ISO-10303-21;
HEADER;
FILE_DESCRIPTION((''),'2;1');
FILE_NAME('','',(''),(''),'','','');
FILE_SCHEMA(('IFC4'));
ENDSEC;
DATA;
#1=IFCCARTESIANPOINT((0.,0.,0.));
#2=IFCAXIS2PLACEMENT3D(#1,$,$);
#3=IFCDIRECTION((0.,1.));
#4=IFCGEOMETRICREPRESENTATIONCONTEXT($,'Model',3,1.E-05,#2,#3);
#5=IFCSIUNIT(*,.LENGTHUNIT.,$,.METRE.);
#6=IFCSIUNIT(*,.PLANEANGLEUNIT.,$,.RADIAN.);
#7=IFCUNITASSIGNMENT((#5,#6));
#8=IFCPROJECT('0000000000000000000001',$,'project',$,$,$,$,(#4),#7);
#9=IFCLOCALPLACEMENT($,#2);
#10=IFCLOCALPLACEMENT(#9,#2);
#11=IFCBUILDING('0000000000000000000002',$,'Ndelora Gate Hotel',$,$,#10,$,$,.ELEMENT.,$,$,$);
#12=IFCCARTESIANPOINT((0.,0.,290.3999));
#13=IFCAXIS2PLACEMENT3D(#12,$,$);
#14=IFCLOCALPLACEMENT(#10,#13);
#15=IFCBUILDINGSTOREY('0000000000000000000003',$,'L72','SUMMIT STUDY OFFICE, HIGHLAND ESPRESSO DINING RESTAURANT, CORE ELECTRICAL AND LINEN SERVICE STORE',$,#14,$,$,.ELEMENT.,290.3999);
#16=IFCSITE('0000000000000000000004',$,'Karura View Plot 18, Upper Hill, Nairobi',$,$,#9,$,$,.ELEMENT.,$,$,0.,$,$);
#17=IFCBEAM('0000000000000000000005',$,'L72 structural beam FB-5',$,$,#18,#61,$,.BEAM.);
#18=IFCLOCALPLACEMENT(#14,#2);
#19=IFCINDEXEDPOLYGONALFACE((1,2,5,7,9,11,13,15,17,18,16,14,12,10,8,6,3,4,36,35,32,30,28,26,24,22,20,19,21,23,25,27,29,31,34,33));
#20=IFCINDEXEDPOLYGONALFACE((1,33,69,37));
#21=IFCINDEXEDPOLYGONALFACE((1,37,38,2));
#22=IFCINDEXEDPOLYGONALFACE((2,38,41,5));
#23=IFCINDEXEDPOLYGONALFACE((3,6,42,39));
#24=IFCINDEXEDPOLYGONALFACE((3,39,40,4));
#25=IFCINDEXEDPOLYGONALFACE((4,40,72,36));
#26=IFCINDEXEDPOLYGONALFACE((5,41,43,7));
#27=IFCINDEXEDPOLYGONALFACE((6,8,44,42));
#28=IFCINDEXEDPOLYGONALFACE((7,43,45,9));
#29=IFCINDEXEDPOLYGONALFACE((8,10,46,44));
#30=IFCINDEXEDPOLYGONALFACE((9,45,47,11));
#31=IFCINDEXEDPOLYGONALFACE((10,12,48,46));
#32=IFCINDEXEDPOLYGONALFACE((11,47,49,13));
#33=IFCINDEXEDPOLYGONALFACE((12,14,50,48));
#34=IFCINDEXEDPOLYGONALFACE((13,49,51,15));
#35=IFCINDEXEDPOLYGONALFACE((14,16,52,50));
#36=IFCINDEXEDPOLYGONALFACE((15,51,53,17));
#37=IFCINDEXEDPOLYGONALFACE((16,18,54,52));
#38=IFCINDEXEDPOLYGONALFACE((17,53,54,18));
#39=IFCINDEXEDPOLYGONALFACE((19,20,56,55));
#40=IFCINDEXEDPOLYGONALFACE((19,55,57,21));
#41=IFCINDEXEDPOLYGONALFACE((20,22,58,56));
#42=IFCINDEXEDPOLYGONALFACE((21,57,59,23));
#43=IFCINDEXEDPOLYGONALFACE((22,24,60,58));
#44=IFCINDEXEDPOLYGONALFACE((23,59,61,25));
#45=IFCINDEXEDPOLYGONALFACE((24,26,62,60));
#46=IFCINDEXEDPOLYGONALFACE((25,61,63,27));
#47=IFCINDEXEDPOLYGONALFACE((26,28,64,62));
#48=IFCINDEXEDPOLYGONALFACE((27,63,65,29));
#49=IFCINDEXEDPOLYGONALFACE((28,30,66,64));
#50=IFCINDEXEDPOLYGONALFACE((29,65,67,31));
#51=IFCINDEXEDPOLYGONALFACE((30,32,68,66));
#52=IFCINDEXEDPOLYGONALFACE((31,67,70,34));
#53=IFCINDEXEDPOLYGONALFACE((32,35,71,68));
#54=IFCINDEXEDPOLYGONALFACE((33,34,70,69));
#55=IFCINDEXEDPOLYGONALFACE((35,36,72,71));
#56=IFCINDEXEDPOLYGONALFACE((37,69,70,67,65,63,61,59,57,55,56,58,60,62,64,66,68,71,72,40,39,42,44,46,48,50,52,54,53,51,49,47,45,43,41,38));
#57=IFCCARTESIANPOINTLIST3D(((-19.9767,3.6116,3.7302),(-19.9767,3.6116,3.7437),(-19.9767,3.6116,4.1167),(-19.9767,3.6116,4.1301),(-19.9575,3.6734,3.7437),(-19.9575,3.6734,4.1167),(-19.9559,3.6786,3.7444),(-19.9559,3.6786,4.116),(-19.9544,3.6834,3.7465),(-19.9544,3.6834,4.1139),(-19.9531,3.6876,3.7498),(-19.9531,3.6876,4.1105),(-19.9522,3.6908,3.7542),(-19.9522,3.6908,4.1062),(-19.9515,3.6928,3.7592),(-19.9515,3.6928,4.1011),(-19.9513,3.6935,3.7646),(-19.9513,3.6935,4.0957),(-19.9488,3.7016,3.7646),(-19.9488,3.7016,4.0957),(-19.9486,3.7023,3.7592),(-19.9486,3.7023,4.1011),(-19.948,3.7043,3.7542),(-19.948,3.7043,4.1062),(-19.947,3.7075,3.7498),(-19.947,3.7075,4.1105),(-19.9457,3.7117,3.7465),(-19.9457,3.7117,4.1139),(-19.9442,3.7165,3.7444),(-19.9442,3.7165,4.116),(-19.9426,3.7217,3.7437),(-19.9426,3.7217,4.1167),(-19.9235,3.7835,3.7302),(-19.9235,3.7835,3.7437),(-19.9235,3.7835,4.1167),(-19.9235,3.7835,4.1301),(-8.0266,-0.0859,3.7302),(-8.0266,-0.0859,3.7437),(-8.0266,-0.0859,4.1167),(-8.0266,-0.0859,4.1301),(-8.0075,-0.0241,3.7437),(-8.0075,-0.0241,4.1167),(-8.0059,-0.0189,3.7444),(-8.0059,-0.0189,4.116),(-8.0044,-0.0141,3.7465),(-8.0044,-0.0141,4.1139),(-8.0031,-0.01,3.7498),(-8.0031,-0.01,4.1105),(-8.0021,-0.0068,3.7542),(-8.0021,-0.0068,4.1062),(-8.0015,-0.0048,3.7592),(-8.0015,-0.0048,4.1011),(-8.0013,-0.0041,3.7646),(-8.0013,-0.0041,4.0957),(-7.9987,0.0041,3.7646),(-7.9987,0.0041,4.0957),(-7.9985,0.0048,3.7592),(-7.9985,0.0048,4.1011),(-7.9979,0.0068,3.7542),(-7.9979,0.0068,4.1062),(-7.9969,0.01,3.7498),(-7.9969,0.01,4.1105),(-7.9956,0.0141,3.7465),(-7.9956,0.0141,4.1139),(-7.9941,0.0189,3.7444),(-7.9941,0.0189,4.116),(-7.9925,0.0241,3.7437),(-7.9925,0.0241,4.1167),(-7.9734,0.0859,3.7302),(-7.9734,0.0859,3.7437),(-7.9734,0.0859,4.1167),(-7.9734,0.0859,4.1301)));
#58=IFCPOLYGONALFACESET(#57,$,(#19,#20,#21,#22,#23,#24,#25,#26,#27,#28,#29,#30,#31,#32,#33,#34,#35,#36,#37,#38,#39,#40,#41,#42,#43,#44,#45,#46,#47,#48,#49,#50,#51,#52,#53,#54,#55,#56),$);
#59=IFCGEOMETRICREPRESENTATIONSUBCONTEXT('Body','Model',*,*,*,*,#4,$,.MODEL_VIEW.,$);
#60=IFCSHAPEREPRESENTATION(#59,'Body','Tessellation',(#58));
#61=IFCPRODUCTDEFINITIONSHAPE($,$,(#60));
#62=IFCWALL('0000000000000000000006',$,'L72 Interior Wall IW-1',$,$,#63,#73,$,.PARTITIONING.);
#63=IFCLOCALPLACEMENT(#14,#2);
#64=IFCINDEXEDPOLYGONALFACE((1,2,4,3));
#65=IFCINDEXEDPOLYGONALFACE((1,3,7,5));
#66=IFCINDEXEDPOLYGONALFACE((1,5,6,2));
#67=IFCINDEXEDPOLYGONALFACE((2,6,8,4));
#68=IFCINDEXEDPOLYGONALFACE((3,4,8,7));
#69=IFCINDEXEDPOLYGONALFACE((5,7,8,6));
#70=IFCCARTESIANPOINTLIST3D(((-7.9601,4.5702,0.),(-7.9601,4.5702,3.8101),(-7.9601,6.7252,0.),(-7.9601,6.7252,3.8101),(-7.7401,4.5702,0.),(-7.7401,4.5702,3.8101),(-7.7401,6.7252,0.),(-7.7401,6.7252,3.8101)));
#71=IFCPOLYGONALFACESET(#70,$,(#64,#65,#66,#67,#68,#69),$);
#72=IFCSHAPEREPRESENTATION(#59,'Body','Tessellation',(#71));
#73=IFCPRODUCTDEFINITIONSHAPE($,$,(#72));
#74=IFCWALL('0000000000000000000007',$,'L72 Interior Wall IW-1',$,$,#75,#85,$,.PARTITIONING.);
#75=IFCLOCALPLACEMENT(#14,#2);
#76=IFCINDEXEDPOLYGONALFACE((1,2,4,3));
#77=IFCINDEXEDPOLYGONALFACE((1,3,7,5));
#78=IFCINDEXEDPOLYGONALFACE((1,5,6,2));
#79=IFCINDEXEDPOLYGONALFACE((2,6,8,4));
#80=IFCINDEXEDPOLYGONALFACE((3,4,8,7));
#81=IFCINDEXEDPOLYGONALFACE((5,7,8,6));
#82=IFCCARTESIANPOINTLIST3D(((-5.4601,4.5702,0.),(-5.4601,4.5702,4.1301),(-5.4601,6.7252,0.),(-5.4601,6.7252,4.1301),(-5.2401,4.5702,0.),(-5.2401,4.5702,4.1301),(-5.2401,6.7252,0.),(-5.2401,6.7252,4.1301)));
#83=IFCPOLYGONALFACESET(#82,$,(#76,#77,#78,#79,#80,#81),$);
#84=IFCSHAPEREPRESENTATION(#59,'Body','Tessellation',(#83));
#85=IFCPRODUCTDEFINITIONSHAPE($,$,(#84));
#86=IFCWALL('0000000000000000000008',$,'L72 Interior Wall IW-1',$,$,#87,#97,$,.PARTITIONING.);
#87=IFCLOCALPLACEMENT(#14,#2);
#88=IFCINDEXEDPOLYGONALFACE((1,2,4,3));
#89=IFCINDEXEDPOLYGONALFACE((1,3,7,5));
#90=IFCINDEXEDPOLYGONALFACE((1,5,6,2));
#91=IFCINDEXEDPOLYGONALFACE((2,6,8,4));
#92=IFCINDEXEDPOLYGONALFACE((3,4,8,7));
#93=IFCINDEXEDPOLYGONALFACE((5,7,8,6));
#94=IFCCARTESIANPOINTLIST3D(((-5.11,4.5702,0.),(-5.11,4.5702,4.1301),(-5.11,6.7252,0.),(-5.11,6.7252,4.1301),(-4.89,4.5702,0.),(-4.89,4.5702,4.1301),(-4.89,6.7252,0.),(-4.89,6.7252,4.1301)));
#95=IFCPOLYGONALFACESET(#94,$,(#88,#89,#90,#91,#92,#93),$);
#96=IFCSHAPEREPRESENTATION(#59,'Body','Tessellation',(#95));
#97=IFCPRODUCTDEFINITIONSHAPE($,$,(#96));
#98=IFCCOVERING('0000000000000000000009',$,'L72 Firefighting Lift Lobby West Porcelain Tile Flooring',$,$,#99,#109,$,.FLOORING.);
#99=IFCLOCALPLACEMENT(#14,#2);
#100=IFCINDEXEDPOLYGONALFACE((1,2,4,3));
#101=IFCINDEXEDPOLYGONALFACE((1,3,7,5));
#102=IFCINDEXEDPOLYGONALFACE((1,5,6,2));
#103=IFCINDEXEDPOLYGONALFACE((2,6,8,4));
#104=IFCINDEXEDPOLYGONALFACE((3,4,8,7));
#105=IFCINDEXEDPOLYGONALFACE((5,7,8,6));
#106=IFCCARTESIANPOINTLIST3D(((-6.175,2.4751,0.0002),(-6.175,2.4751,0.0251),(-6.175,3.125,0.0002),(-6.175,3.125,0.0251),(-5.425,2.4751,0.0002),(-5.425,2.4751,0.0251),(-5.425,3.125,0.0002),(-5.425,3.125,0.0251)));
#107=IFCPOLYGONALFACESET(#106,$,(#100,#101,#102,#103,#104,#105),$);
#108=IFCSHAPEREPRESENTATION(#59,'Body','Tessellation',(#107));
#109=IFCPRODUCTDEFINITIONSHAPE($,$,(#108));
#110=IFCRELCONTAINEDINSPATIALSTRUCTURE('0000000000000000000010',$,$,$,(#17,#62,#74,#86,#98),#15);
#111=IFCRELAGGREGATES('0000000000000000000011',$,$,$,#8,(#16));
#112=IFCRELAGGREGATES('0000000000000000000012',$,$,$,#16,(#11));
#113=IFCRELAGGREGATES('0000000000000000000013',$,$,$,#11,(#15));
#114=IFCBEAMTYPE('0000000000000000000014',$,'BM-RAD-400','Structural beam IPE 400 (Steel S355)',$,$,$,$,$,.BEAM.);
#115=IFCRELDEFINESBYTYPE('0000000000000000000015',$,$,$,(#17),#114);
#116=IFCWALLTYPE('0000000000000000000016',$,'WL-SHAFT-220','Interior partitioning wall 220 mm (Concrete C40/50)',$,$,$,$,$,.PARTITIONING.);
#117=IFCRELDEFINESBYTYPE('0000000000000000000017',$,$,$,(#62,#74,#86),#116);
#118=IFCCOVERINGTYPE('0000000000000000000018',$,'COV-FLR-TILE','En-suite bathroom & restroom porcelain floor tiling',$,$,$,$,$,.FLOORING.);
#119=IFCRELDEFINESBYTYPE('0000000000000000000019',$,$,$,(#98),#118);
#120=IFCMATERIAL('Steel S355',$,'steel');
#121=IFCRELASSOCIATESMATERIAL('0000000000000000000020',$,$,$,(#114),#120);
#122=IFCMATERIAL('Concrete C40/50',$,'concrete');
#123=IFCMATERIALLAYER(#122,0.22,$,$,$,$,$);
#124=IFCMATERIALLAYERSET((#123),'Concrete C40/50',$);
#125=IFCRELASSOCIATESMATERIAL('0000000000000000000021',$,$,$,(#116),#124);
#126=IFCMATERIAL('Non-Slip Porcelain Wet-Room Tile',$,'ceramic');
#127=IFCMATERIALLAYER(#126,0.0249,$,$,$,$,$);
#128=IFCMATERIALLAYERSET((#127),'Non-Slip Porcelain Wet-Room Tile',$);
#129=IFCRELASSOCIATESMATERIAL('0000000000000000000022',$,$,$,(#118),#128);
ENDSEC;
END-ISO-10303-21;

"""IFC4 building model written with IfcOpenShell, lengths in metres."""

from ifc_helpers import new_model, si_unit, direction, frame, frame_2d, origin, origin_2d, place, context, subcontext, project, spatial, rectangle, i_section, extrude, material, layer, layer_set, material_profile, profile_set, type_object, element, save


model = new_model("IFC4")

# Units and contexts
model_context = context("Model", 3, precision=1e-05, world=origin(), true_north=direction((0.0, 1.0)))
body_context = subcontext(model_context, "Body", "Model", "MODEL_VIEW")
ifc_project = project(units=[si_unit("LENGTHUNIT", "METRE"), si_unit("PLANEANGLEUNIT", "RADIAN")], contexts=[model_context])

# Site, building, storey
site_placement = place(None, origin())
site = spatial("IfcSite", under=ifc_project, at=site_placement, Name="Karura View Plot 18, Upper Hill, Nairobi", CompositionType="ELEMENT", RefElevation=0.0)
building_placement = place(site_placement, origin())
building = spatial("IfcBuilding", under=site, at=building_placement, Name="Ndelora Gate Hotel", CompositionType="ELEMENT")
storey_placement = place(building_placement, frame((0.0, 0.0, 290.3999)))
storey = spatial("IfcBuildingStorey", under=building, at=storey_placement, Name="L72", Description="SUMMIT STUDY OFFICE, HIGHLAND ESPRESSO DINING RESTAURANT, CORE ELECTRICAL AND LINEN SERVICE STORE", CompositionType="ELEMENT", Elevation=290.3999)

# Beam
ifc_material_1 = material(Name="Steel S355", Category="steel")
ifc_material_profile = material_profile(ifc_material_1, i_section(OverallWidth=0.1799, OverallDepth=0.3999, WebThickness=0.0085, FlangeThickness=0.0134, FilletRadius=0.021, at=origin_2d()), Name="IPE 400")
ifc_profile_set = profile_set([ifc_material_profile], Name="Steel S355")
beam_type = type_object("IfcBeamType", Name="BM-RAD-400", Description="Structural beam IPE 400 (Steel S355)", PredefinedType="BEAM", material=ifc_profile_set)
beam_placement = place(storey_placement, frame((-8.0, 0.0, 3.9302), z_axis=(-0.955315, 0.29559, 0.0), x_axis=(-0.29559, -0.955315, 0.0)))
element("IfcBeam", 1, at=beam_placement, inside=storey, type_object=beam_type, Name="L72 structural beam FB-5", PredefinedType="BEAM", context=body_context, shape_type="SweptSolid", body=[
    extrude(i_section(OverallWidth=0.1799, OverallDepth=0.3999, WebThickness=0.0085, FlangeThickness=0.0134, FilletRadius=0.021, at=origin_2d()), origin(), (0.0, 0.0, 1.0), 12.509),
])

# Shared definitions
ifc_material_2 = material(Name="Concrete C40/50", Category="concrete")
ifc_layer_1 = layer(ifc_material_2, 0.22)
ifc_layer_set_1 = layer_set([ifc_layer_1], Name="Concrete C40/50")
wall_type_1 = type_object("IfcWallType", Name="WL-SHAFT-220", Description="Interior partitioning wall 220 mm (Concrete C40/50)", PredefinedType="PARTITIONING", material=ifc_layer_set_1)

# Walls
wall_1_placement = place(storey_placement, frame((-7.8501, 4.5701, 0.0), z_axis=(0.0, 0.0, 1.0), x_axis=(0.0, 1.0, 0.0)))
element("IfcWall", 2, at=wall_1_placement, inside=storey, type_object=wall_type_1, Name="L72 Interior Wall IW-1", PredefinedType="PARTITIONING", context=body_context, shape_type="SweptSolid", body=[
    extrude(rectangle(XDim=2.155, YDim=0.22, at=frame_2d((1.0776, 0.0))), origin(), (0.0, 0.0, 1.0), 3.8101),
])
wall_2_placement = place(storey_placement, frame((-5.3501, 4.5701, 0.0), z_axis=(0.0, 0.0, 1.0), x_axis=(0.0, 1.0, 0.0)))
element("IfcWall", 3, at=wall_2_placement, inside=storey, type_object=wall_type_1, Name="L72 Interior Wall IW-1", PredefinedType="PARTITIONING", context=body_context, shape_type="SweptSolid", body=[
    extrude(rectangle(XDim=2.155, YDim=0.22, at=frame_2d((1.0776, 0.0))), origin(), (0.0, 0.0, 1.0), 4.1301),
])

# Wall
wall_3_placement = place(storey_placement, frame((-5.0, 4.5701, 0.0), z_axis=(0.0, 0.0, 1.0), x_axis=(0.0, 1.0, 0.0)))
element("IfcWall", 4, at=wall_3_placement, inside=storey, type_object=wall_type_1, Name="L72 Interior Wall IW-1", PredefinedType="PARTITIONING", context=body_context, shape_type="SweptSolid", body=[
    extrude(rectangle(XDim=2.155, YDim=0.22, at=frame_2d((1.0776, 0.0))), origin(), (0.0, 0.0, 1.0), 4.1301),
])

# Covering
ifc_material_3 = material(Name="Non-Slip Porcelain Wet-Room Tile", Category="ceramic")
ifc_layer_2 = layer(ifc_material_3, 0.0249)
ifc_layer_set_2 = layer_set([ifc_layer_2], Name="Non-Slip Porcelain Wet-Room Tile")
covering_type = type_object("IfcCoveringType", Name="COV-FLR-TILE", Description="En-suite bathroom & restroom porcelain floor tiling", PredefinedType="FLOORING", material=ifc_layer_set_2)
covering_placement = place(storey_placement, frame((-5.8, 2.8, 0.0002), z_axis=(0.0, 0.0, 1.0), x_axis=(1.0, 0.0, 0.0)))
element("IfcCovering", 5, at=covering_placement, inside=storey, type_object=covering_type, Name="L72 Firefighting Lift Lobby West Porcelain Tile Flooring", PredefinedType="FLOORING", context=body_context, shape_type="SweptSolid", body=[
    extrude(rectangle(XDim=0.75, YDim=0.6499, at=origin_2d()), origin(), (0.0, 0.0, 1.0), 0.0249),
])

save(model, "model.ifc")
